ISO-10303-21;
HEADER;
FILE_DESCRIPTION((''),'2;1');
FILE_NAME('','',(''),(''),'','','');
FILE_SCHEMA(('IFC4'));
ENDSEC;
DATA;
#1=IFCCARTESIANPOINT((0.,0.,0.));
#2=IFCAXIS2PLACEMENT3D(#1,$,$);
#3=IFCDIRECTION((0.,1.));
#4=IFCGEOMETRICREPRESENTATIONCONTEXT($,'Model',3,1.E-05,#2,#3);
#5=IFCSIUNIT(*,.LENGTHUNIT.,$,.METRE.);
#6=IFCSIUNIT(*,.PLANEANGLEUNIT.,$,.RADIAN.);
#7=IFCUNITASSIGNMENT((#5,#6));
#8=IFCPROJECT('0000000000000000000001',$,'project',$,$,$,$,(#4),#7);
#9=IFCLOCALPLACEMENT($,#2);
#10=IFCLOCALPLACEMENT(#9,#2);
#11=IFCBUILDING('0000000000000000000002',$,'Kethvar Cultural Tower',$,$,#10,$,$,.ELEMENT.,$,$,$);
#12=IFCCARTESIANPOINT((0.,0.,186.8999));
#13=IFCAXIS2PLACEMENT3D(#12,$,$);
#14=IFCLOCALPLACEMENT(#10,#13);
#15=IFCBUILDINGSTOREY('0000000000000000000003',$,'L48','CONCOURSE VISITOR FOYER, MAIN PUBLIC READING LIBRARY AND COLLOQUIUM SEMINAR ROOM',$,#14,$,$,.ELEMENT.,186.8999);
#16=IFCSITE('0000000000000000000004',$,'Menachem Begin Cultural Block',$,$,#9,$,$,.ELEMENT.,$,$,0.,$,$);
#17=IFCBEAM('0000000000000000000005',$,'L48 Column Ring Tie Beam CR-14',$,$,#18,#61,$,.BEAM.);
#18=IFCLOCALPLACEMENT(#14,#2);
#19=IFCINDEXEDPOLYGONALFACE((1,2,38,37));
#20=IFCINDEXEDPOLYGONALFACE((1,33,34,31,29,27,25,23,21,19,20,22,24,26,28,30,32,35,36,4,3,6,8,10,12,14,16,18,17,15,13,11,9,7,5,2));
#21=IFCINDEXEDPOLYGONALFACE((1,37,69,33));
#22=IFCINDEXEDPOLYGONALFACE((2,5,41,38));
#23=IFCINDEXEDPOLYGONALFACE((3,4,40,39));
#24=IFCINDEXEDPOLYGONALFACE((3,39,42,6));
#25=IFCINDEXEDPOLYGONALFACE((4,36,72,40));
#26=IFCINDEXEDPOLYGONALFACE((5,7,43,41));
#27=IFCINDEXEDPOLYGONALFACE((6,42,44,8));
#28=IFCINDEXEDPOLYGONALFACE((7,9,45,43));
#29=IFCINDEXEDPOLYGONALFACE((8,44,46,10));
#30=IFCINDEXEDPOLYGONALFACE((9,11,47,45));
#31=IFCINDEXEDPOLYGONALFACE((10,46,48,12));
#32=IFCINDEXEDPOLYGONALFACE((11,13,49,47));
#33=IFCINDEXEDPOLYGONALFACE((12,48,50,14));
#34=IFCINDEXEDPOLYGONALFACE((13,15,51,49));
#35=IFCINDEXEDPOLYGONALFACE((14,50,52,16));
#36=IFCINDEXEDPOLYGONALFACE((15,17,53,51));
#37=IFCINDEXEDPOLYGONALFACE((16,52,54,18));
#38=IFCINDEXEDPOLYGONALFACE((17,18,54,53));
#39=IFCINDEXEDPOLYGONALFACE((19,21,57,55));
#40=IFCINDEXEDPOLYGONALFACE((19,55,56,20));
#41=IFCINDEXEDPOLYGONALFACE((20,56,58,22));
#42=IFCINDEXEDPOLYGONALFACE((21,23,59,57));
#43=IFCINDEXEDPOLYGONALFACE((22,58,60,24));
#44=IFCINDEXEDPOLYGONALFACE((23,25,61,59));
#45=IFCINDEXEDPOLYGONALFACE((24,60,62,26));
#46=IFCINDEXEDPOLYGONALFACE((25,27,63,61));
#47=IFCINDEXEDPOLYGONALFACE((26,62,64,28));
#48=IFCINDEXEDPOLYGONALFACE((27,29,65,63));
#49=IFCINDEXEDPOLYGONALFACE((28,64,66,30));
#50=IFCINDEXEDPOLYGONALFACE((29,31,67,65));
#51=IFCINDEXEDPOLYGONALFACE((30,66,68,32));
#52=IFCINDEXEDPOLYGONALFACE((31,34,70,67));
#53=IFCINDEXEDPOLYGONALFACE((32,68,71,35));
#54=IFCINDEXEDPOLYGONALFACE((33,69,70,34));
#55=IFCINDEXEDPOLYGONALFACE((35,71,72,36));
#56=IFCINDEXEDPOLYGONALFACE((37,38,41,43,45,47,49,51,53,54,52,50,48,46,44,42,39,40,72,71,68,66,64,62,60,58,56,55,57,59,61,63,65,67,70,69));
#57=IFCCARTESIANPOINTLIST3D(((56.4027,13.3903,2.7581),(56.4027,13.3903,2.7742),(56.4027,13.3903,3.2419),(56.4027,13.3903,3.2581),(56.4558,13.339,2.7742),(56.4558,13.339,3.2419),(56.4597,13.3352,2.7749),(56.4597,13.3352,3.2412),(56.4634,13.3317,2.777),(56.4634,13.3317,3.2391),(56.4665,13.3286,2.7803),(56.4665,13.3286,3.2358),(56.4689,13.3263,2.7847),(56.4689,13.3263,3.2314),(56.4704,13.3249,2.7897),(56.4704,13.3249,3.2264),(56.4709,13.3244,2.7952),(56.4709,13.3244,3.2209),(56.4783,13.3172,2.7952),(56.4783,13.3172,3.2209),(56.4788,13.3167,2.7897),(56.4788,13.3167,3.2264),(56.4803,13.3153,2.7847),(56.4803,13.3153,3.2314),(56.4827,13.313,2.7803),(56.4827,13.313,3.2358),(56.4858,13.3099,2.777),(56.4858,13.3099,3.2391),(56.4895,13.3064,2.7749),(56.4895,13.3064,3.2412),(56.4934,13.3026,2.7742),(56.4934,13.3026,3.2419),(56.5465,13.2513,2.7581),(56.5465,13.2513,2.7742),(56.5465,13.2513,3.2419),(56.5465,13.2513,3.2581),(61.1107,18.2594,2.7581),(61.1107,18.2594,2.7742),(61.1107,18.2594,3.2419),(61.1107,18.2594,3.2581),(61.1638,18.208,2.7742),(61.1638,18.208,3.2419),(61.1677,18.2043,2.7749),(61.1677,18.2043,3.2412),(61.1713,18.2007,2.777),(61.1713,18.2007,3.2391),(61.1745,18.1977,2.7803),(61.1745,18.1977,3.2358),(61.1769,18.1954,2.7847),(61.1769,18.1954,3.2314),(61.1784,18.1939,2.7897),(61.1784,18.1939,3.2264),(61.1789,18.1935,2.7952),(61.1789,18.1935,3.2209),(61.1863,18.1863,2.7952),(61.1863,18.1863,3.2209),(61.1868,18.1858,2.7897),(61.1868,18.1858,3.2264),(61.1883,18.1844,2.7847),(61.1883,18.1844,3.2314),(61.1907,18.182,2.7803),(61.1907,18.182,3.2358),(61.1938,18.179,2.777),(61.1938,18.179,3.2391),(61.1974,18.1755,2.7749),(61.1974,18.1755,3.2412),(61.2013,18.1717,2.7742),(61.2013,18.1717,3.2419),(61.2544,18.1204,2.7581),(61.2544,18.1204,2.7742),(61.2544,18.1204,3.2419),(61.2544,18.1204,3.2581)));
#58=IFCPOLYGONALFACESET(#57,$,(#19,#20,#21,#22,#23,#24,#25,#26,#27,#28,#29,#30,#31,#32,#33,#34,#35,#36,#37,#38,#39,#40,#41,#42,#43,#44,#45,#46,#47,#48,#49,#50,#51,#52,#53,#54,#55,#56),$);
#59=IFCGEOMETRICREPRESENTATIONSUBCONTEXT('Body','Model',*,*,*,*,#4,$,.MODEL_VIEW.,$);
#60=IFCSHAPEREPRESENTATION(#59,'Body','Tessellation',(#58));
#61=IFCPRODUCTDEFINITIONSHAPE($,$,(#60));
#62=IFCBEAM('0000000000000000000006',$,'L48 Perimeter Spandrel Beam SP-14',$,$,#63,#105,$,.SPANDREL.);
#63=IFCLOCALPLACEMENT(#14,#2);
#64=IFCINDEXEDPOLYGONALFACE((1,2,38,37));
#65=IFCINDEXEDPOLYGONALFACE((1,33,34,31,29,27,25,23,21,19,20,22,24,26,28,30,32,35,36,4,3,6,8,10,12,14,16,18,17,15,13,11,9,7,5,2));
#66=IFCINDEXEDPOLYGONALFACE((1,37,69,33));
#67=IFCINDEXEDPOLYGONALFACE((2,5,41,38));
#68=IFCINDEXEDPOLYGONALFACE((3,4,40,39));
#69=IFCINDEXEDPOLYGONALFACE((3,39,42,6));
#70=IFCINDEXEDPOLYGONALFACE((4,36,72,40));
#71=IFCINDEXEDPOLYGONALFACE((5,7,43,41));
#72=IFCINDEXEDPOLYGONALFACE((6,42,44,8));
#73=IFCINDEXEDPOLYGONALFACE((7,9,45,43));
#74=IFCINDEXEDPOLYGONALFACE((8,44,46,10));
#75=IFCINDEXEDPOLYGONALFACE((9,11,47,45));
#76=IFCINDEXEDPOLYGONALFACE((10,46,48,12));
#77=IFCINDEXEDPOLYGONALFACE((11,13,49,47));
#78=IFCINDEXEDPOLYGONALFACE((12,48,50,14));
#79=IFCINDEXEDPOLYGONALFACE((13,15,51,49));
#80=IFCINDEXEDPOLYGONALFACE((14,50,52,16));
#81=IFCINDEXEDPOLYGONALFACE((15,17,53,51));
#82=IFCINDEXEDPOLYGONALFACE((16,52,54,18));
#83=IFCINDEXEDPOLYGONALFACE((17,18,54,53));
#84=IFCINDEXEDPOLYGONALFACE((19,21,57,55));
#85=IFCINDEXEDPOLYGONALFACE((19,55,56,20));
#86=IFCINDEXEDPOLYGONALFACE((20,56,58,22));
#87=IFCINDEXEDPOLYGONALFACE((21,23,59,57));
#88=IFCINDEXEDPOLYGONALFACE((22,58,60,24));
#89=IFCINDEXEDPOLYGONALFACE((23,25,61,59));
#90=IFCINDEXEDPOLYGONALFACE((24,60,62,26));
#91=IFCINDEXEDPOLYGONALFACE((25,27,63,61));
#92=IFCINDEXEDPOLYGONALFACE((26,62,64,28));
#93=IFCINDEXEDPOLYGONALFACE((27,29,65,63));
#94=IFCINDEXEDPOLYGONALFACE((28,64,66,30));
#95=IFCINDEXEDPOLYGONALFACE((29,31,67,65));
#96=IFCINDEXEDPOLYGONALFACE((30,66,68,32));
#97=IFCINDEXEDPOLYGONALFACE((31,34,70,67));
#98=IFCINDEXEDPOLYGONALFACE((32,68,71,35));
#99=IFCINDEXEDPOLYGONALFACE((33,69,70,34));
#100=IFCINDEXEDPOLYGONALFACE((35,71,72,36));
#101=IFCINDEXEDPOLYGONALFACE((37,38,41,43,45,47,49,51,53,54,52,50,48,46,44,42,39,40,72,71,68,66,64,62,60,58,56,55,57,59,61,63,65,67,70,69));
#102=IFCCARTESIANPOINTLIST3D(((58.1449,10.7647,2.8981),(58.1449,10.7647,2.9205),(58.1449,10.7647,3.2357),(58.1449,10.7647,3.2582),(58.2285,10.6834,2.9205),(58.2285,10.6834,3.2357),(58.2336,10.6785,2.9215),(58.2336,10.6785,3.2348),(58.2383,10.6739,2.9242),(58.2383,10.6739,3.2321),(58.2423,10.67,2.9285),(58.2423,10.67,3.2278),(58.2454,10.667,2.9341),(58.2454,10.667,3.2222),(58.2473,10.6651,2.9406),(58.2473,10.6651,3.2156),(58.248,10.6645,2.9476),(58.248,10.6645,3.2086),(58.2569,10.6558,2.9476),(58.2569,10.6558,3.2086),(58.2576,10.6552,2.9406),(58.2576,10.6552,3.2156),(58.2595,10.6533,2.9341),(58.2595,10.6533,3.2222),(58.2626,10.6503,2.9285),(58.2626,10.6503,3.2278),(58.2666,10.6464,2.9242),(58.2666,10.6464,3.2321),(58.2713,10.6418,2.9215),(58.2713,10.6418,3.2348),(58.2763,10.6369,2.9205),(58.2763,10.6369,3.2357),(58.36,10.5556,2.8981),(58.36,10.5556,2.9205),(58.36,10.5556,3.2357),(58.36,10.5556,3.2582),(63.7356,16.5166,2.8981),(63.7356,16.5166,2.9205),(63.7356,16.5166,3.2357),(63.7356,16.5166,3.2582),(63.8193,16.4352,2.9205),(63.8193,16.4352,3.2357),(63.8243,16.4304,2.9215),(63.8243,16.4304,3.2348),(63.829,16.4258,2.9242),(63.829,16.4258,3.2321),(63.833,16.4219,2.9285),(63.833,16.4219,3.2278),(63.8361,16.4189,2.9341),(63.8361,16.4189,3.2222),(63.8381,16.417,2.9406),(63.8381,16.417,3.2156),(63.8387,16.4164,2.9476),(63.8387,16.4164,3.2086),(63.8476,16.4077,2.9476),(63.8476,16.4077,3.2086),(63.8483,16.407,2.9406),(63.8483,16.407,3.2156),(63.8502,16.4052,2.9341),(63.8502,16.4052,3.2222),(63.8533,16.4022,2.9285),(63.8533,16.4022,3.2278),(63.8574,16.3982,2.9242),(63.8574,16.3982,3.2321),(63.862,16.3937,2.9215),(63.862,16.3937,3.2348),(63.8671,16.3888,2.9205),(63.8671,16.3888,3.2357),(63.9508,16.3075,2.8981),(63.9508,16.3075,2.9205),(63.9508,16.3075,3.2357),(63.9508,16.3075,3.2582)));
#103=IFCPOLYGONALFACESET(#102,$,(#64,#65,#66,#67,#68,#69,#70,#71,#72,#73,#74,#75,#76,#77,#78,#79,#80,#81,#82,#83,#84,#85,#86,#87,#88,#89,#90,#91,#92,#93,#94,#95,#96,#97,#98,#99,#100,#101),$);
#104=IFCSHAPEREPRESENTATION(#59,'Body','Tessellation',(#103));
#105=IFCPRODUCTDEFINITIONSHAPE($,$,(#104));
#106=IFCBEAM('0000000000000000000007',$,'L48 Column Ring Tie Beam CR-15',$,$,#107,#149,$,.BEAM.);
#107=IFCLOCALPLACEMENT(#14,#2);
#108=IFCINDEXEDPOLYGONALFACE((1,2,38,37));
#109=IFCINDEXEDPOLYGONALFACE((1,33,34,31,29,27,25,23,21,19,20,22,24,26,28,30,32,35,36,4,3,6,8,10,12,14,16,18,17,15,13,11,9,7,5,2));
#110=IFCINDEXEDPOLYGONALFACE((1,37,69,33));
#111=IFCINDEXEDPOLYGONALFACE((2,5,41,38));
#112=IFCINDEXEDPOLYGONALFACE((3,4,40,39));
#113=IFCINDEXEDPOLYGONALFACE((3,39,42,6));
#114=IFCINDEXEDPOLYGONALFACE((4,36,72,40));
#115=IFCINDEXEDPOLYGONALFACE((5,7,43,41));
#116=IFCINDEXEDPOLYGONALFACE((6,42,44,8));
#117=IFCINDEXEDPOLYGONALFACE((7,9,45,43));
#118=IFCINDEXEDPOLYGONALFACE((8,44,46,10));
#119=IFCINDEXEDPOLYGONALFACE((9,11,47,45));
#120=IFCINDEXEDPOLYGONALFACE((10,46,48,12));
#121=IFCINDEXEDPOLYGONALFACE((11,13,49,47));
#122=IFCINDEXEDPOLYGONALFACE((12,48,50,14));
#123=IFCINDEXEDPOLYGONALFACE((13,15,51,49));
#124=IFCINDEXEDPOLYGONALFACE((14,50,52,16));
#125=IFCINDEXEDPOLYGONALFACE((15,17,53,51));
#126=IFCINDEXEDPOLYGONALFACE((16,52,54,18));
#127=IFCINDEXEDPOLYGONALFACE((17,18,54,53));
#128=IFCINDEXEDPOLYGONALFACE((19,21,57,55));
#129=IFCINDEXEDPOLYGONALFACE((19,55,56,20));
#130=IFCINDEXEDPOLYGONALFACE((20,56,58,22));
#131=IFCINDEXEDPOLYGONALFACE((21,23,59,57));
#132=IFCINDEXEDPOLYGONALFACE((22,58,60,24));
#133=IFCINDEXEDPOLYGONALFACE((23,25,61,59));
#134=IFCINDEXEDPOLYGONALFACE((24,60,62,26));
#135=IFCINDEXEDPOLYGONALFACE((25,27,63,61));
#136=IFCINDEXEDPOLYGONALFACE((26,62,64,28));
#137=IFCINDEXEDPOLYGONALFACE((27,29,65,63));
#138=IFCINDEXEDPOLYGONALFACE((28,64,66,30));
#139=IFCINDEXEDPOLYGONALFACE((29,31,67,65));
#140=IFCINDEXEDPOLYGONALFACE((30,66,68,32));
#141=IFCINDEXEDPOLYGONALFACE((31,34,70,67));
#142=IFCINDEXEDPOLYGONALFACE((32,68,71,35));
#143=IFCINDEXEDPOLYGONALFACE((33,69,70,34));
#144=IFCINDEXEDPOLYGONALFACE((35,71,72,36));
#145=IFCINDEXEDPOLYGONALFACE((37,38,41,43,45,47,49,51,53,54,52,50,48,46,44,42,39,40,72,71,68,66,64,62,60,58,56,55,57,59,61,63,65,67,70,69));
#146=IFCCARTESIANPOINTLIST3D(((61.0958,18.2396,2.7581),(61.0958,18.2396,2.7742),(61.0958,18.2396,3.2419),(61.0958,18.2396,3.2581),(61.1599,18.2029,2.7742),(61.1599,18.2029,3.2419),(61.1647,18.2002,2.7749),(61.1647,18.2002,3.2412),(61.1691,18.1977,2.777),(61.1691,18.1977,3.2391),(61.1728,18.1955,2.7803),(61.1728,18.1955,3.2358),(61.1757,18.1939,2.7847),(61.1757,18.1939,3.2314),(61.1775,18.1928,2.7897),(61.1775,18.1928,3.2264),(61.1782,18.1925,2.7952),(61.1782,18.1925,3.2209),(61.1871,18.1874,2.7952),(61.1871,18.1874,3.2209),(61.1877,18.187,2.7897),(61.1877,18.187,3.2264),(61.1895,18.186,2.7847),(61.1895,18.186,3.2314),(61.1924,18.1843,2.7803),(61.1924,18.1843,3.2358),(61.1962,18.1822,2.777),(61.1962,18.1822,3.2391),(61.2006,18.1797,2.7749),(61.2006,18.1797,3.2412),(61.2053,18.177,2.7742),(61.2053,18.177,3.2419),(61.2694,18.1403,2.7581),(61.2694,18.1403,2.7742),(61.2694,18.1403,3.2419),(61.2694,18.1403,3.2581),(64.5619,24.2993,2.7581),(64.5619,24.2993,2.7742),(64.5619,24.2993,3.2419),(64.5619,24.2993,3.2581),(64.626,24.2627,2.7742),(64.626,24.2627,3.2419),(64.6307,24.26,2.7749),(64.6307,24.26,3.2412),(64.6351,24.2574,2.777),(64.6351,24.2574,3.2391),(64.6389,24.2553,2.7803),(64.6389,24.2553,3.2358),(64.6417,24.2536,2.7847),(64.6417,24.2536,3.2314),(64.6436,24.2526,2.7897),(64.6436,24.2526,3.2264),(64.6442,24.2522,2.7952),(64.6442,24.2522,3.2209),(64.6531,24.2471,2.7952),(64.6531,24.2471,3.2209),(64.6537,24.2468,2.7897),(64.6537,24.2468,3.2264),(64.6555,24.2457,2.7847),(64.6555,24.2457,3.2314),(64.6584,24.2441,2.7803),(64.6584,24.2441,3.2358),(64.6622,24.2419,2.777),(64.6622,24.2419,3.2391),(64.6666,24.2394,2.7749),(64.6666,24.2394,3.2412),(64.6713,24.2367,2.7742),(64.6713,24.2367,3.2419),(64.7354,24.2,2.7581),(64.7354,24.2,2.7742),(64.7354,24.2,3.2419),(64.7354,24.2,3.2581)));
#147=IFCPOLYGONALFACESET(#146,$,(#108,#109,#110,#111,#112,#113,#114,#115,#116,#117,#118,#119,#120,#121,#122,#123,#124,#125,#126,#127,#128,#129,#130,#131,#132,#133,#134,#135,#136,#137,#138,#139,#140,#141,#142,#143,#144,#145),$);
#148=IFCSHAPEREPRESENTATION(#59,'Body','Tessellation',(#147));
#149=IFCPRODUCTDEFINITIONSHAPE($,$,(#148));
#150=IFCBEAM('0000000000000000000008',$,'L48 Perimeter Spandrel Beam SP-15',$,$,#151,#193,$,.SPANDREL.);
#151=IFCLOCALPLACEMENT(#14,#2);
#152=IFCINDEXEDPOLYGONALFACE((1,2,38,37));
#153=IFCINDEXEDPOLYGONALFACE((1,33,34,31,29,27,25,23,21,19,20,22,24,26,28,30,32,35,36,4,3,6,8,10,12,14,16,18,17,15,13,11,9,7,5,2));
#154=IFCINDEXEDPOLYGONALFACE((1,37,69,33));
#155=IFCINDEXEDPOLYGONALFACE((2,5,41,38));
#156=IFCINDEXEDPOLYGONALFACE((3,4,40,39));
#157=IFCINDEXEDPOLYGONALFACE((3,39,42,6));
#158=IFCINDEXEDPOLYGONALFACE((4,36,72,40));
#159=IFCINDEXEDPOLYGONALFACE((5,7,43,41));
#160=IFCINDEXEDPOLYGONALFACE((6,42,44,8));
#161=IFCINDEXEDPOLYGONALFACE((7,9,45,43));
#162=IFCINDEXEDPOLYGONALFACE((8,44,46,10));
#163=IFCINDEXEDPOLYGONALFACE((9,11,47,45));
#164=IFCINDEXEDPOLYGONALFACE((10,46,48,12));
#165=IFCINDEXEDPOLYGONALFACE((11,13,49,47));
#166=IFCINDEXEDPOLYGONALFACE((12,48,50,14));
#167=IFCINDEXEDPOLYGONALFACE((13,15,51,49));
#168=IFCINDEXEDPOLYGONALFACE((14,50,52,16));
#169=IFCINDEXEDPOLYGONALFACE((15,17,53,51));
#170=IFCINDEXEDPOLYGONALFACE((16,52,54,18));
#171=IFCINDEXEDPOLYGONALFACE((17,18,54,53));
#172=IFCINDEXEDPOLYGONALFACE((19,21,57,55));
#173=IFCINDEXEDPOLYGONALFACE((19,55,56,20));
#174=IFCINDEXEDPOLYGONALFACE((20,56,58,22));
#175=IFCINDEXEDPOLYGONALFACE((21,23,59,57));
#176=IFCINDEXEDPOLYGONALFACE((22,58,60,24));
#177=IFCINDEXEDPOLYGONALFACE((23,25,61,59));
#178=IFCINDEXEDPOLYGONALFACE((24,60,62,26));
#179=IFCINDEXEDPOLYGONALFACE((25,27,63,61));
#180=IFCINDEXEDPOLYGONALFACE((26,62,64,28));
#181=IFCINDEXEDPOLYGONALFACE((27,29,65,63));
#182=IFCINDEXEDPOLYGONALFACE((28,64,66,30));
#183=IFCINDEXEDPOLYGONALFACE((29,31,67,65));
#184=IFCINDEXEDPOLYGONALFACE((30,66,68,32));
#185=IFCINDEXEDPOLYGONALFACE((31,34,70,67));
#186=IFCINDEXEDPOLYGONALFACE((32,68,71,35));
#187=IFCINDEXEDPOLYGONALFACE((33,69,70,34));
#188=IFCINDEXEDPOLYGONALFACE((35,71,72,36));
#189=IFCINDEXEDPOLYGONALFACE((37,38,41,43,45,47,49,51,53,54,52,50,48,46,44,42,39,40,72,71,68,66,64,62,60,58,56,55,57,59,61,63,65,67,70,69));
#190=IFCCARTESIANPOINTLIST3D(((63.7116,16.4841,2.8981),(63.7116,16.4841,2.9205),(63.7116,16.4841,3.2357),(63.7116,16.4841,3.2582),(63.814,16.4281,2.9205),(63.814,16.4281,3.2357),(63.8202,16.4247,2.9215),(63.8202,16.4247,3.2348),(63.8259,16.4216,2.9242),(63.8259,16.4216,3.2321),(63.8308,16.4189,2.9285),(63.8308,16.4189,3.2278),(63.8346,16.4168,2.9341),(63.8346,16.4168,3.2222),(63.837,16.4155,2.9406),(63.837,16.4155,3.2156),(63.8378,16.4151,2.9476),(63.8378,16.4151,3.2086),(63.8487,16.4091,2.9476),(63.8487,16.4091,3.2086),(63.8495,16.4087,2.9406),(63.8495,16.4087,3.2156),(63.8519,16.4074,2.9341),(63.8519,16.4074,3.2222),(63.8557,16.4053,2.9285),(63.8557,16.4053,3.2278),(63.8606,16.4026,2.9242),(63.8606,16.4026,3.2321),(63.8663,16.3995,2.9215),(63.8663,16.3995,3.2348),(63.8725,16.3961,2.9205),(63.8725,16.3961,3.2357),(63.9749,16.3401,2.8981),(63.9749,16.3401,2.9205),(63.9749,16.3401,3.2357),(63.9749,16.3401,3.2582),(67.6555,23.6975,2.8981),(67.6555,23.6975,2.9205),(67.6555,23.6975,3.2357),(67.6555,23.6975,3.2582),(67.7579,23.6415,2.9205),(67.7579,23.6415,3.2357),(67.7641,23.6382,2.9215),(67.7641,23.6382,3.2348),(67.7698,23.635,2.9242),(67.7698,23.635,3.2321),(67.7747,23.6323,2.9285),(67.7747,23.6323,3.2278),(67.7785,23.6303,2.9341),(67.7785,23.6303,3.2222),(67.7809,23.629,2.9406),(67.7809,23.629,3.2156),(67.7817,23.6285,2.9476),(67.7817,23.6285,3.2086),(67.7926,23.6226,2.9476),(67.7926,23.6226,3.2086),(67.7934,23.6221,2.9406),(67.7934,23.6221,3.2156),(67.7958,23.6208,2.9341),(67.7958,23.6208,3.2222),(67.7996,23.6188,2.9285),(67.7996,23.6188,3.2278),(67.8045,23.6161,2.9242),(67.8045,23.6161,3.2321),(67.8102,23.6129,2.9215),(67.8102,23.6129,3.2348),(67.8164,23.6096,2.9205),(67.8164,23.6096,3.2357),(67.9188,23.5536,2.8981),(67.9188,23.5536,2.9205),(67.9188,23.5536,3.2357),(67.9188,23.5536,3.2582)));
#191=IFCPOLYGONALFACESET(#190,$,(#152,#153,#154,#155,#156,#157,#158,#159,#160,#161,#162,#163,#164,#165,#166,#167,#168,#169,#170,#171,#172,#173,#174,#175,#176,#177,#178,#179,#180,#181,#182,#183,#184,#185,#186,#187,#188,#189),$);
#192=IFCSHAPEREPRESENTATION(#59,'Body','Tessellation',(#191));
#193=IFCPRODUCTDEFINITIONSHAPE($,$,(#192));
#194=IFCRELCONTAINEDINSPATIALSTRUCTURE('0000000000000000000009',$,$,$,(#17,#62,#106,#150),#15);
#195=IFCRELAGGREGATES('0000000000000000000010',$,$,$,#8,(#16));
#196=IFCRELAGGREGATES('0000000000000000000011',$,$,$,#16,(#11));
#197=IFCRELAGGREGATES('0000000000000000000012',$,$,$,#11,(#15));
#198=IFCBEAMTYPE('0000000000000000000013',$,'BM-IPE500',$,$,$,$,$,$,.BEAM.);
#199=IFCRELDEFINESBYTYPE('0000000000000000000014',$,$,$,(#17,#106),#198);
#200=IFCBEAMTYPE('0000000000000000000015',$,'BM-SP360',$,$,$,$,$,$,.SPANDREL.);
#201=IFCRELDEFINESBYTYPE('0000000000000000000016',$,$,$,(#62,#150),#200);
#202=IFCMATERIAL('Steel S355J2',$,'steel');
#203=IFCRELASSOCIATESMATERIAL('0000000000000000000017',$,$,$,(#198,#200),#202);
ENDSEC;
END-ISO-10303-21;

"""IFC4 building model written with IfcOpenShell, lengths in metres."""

from ifc_helpers import new_model, si_unit, direction, frame, origin, origin_2d, place, context, subcontext, project, spatial, i_section, extrude, source, transform, mapped, material, material_profile, profile_set, type_object, element, save


model = new_model("IFC4")

# Units and contexts
model_context = context("Model", 3, precision=1e-05, world=origin(), true_north=direction((0.0, 1.0)))
body_context = subcontext(model_context, "Body", "Model", "MODEL_VIEW")
ifc_project = project(units=[si_unit("LENGTHUNIT", "METRE"), si_unit("PLANEANGLEUNIT", "RADIAN")], contexts=[model_context])

# Site, building, storey
site_placement = place(None, origin())
site = spatial("IfcSite", under=ifc_project, at=site_placement, Name="Menachem Begin Cultural Block", CompositionType="ELEMENT", RefElevation=0.0)
building_placement = place(site_placement, origin())
building = spatial("IfcBuilding", under=site, at=building_placement, Name="Kethvar Cultural Tower", CompositionType="ELEMENT")
storey_placement = place(building_placement, frame((0.0, 0.0, 186.8999)))
storey = spatial("IfcBuildingStorey", under=building, at=storey_placement, Name="L48", Description="CONCOURSE VISITOR FOYER, MAIN PUBLIC READING LIBRARY AND COLLOQUIUM SEMINAR ROOM", CompositionType="ELEMENT", Elevation=186.8999)

# Beams
ifc_material_1 = material(Name="Steel S355J2", Category="steel")
ifc_material_profile_1 = material_profile(ifc_material_1, i_section(OverallWidth=0.2, OverallDepth=0.5, WebThickness=0.0103, FlangeThickness=0.0161, FilletRadius=0.021, at=origin_2d()), Name="Steel S355J2 — IPE500")
ifc_profile_set_1 = profile_set([ifc_material_profile_1], Name="Steel S355J2 — IPE500")
beam_type_1 = type_object("IfcBeamType", Name="BM-IPE500", PredefinedType="BEAM", material=ifc_profile_set_1)
shared_shape_1 = source(origin(), body_context, "Body", "SweptSolid", [
    extrude(i_section(OverallWidth=0.2, OverallDepth=0.5, WebThickness=0.0103, FlangeThickness=0.0161, FilletRadius=0.021, at=origin_2d()), origin(), (0.0, 0.0, 1.0), 6.7729),
])
beam_1_placement = place(storey_placement, frame((56.4746, 13.3208, 3.0081), z_axis=(0.695112, 0.718902, 0.0), x_axis=(-0.718902, 0.695112, 0.0)))
element("IfcBeam", 1, at=beam_1_placement, inside=storey, type_object=beam_type_1, Name="L48 Column Ring Tie Beam CR-14", PredefinedType="BEAM", context=body_context, shape_type="MappedRepresentation", body=[
    mapped(shared_shape_1, transform((0.0, 0.0, 0.0), scale=1.0)),
])
ifc_material_profile_2 = material_profile(ifc_material_1, i_section(OverallWidth=0.3, OverallDepth=0.3601, WebThickness=0.0125, FlangeThickness=0.0225, FilletRadius=0.0271, at=origin_2d()), Name="Steel S355J2 — HEB360")
ifc_profile_set_2 = profile_set([ifc_material_profile_2], Name="Steel S355J2 — HEB360")
beam_type_2 = type_object("IfcBeamType", Name="BM-SP360", PredefinedType="SPANDREL", material=ifc_profile_set_2)
shared_shape_2 = source(origin(), body_context, "Body", "SweptSolid", [
    extrude(i_section(OverallWidth=0.3, OverallDepth=0.3601, WebThickness=0.0125, FlangeThickness=0.0225, FilletRadius=0.0271, at=origin_2d()), origin(), (0.0, 0.0, 1.0), 8.0212),
])
beam_2_placement = place(storey_placement, frame((58.2524, 10.6602, 3.0781), z_axis=(0.696991, 0.717079, 0.0), x_axis=(-0.717079, 0.696991, 0.0)))
element("IfcBeam", 2, at=beam_2_placement, inside=storey, type_object=beam_type_2, Name="L48 Perimeter Spandrel Beam SP-14", PredefinedType="SPANDREL", context=body_context, shape_type="MappedRepresentation", body=[
    mapped(shared_shape_2, transform((0.0, 0.0, 0.0), scale=1.0)),
])
shared_shape_3 = source(origin(), body_context, "Body", "SweptSolid", [
    extrude(i_section(OverallWidth=0.2, OverallDepth=0.5, WebThickness=0.0103, FlangeThickness=0.0161, FilletRadius=0.021, at=origin_2d()), origin(), (0.0, 0.0, 1.0), 6.981),
])
beam_3_placement = place(storey_placement, frame((61.1826, 18.1899, 3.0081), z_axis=(0.496497, 0.868039, 0.0), x_axis=(-0.868039, 0.496497, 0.0)))
element("IfcBeam", 3, at=beam_3_placement, inside=storey, type_object=beam_type_1, Name="L48 Column Ring Tie Beam CR-15", PredefinedType="BEAM", context=body_context, shape_type="MappedRepresentation", body=[
    mapped(shared_shape_3, transform((0.0, 0.0, 0.0), scale=1.0)),
])
shared_shape_4 = source(origin(), body_context, "Body", "SweptSolid", [
    extrude(i_section(OverallWidth=0.3, OverallDepth=0.3601, WebThickness=0.0125, FlangeThickness=0.0225, FilletRadius=0.0271, at=origin_2d()), origin(), (0.0, 0.0, 1.0), 8.2212),
])
beam_4_placement = place(storey_placement, frame((63.8433, 16.4121, 3.0781), z_axis=(0.479722, 0.877421, 0.0), x_axis=(-0.877421, 0.479722, 0.0)))
element("IfcBeam", 4, at=beam_4_placement, inside=storey, type_object=beam_type_2, Name="L48 Perimeter Spandrel Beam SP-15", PredefinedType="SPANDREL", context=body_context, shape_type="MappedRepresentation", body=[
    mapped(shared_shape_4, transform((0.0, 0.0, 0.0), scale=1.0)),
])

save(model, "model.ifc")
